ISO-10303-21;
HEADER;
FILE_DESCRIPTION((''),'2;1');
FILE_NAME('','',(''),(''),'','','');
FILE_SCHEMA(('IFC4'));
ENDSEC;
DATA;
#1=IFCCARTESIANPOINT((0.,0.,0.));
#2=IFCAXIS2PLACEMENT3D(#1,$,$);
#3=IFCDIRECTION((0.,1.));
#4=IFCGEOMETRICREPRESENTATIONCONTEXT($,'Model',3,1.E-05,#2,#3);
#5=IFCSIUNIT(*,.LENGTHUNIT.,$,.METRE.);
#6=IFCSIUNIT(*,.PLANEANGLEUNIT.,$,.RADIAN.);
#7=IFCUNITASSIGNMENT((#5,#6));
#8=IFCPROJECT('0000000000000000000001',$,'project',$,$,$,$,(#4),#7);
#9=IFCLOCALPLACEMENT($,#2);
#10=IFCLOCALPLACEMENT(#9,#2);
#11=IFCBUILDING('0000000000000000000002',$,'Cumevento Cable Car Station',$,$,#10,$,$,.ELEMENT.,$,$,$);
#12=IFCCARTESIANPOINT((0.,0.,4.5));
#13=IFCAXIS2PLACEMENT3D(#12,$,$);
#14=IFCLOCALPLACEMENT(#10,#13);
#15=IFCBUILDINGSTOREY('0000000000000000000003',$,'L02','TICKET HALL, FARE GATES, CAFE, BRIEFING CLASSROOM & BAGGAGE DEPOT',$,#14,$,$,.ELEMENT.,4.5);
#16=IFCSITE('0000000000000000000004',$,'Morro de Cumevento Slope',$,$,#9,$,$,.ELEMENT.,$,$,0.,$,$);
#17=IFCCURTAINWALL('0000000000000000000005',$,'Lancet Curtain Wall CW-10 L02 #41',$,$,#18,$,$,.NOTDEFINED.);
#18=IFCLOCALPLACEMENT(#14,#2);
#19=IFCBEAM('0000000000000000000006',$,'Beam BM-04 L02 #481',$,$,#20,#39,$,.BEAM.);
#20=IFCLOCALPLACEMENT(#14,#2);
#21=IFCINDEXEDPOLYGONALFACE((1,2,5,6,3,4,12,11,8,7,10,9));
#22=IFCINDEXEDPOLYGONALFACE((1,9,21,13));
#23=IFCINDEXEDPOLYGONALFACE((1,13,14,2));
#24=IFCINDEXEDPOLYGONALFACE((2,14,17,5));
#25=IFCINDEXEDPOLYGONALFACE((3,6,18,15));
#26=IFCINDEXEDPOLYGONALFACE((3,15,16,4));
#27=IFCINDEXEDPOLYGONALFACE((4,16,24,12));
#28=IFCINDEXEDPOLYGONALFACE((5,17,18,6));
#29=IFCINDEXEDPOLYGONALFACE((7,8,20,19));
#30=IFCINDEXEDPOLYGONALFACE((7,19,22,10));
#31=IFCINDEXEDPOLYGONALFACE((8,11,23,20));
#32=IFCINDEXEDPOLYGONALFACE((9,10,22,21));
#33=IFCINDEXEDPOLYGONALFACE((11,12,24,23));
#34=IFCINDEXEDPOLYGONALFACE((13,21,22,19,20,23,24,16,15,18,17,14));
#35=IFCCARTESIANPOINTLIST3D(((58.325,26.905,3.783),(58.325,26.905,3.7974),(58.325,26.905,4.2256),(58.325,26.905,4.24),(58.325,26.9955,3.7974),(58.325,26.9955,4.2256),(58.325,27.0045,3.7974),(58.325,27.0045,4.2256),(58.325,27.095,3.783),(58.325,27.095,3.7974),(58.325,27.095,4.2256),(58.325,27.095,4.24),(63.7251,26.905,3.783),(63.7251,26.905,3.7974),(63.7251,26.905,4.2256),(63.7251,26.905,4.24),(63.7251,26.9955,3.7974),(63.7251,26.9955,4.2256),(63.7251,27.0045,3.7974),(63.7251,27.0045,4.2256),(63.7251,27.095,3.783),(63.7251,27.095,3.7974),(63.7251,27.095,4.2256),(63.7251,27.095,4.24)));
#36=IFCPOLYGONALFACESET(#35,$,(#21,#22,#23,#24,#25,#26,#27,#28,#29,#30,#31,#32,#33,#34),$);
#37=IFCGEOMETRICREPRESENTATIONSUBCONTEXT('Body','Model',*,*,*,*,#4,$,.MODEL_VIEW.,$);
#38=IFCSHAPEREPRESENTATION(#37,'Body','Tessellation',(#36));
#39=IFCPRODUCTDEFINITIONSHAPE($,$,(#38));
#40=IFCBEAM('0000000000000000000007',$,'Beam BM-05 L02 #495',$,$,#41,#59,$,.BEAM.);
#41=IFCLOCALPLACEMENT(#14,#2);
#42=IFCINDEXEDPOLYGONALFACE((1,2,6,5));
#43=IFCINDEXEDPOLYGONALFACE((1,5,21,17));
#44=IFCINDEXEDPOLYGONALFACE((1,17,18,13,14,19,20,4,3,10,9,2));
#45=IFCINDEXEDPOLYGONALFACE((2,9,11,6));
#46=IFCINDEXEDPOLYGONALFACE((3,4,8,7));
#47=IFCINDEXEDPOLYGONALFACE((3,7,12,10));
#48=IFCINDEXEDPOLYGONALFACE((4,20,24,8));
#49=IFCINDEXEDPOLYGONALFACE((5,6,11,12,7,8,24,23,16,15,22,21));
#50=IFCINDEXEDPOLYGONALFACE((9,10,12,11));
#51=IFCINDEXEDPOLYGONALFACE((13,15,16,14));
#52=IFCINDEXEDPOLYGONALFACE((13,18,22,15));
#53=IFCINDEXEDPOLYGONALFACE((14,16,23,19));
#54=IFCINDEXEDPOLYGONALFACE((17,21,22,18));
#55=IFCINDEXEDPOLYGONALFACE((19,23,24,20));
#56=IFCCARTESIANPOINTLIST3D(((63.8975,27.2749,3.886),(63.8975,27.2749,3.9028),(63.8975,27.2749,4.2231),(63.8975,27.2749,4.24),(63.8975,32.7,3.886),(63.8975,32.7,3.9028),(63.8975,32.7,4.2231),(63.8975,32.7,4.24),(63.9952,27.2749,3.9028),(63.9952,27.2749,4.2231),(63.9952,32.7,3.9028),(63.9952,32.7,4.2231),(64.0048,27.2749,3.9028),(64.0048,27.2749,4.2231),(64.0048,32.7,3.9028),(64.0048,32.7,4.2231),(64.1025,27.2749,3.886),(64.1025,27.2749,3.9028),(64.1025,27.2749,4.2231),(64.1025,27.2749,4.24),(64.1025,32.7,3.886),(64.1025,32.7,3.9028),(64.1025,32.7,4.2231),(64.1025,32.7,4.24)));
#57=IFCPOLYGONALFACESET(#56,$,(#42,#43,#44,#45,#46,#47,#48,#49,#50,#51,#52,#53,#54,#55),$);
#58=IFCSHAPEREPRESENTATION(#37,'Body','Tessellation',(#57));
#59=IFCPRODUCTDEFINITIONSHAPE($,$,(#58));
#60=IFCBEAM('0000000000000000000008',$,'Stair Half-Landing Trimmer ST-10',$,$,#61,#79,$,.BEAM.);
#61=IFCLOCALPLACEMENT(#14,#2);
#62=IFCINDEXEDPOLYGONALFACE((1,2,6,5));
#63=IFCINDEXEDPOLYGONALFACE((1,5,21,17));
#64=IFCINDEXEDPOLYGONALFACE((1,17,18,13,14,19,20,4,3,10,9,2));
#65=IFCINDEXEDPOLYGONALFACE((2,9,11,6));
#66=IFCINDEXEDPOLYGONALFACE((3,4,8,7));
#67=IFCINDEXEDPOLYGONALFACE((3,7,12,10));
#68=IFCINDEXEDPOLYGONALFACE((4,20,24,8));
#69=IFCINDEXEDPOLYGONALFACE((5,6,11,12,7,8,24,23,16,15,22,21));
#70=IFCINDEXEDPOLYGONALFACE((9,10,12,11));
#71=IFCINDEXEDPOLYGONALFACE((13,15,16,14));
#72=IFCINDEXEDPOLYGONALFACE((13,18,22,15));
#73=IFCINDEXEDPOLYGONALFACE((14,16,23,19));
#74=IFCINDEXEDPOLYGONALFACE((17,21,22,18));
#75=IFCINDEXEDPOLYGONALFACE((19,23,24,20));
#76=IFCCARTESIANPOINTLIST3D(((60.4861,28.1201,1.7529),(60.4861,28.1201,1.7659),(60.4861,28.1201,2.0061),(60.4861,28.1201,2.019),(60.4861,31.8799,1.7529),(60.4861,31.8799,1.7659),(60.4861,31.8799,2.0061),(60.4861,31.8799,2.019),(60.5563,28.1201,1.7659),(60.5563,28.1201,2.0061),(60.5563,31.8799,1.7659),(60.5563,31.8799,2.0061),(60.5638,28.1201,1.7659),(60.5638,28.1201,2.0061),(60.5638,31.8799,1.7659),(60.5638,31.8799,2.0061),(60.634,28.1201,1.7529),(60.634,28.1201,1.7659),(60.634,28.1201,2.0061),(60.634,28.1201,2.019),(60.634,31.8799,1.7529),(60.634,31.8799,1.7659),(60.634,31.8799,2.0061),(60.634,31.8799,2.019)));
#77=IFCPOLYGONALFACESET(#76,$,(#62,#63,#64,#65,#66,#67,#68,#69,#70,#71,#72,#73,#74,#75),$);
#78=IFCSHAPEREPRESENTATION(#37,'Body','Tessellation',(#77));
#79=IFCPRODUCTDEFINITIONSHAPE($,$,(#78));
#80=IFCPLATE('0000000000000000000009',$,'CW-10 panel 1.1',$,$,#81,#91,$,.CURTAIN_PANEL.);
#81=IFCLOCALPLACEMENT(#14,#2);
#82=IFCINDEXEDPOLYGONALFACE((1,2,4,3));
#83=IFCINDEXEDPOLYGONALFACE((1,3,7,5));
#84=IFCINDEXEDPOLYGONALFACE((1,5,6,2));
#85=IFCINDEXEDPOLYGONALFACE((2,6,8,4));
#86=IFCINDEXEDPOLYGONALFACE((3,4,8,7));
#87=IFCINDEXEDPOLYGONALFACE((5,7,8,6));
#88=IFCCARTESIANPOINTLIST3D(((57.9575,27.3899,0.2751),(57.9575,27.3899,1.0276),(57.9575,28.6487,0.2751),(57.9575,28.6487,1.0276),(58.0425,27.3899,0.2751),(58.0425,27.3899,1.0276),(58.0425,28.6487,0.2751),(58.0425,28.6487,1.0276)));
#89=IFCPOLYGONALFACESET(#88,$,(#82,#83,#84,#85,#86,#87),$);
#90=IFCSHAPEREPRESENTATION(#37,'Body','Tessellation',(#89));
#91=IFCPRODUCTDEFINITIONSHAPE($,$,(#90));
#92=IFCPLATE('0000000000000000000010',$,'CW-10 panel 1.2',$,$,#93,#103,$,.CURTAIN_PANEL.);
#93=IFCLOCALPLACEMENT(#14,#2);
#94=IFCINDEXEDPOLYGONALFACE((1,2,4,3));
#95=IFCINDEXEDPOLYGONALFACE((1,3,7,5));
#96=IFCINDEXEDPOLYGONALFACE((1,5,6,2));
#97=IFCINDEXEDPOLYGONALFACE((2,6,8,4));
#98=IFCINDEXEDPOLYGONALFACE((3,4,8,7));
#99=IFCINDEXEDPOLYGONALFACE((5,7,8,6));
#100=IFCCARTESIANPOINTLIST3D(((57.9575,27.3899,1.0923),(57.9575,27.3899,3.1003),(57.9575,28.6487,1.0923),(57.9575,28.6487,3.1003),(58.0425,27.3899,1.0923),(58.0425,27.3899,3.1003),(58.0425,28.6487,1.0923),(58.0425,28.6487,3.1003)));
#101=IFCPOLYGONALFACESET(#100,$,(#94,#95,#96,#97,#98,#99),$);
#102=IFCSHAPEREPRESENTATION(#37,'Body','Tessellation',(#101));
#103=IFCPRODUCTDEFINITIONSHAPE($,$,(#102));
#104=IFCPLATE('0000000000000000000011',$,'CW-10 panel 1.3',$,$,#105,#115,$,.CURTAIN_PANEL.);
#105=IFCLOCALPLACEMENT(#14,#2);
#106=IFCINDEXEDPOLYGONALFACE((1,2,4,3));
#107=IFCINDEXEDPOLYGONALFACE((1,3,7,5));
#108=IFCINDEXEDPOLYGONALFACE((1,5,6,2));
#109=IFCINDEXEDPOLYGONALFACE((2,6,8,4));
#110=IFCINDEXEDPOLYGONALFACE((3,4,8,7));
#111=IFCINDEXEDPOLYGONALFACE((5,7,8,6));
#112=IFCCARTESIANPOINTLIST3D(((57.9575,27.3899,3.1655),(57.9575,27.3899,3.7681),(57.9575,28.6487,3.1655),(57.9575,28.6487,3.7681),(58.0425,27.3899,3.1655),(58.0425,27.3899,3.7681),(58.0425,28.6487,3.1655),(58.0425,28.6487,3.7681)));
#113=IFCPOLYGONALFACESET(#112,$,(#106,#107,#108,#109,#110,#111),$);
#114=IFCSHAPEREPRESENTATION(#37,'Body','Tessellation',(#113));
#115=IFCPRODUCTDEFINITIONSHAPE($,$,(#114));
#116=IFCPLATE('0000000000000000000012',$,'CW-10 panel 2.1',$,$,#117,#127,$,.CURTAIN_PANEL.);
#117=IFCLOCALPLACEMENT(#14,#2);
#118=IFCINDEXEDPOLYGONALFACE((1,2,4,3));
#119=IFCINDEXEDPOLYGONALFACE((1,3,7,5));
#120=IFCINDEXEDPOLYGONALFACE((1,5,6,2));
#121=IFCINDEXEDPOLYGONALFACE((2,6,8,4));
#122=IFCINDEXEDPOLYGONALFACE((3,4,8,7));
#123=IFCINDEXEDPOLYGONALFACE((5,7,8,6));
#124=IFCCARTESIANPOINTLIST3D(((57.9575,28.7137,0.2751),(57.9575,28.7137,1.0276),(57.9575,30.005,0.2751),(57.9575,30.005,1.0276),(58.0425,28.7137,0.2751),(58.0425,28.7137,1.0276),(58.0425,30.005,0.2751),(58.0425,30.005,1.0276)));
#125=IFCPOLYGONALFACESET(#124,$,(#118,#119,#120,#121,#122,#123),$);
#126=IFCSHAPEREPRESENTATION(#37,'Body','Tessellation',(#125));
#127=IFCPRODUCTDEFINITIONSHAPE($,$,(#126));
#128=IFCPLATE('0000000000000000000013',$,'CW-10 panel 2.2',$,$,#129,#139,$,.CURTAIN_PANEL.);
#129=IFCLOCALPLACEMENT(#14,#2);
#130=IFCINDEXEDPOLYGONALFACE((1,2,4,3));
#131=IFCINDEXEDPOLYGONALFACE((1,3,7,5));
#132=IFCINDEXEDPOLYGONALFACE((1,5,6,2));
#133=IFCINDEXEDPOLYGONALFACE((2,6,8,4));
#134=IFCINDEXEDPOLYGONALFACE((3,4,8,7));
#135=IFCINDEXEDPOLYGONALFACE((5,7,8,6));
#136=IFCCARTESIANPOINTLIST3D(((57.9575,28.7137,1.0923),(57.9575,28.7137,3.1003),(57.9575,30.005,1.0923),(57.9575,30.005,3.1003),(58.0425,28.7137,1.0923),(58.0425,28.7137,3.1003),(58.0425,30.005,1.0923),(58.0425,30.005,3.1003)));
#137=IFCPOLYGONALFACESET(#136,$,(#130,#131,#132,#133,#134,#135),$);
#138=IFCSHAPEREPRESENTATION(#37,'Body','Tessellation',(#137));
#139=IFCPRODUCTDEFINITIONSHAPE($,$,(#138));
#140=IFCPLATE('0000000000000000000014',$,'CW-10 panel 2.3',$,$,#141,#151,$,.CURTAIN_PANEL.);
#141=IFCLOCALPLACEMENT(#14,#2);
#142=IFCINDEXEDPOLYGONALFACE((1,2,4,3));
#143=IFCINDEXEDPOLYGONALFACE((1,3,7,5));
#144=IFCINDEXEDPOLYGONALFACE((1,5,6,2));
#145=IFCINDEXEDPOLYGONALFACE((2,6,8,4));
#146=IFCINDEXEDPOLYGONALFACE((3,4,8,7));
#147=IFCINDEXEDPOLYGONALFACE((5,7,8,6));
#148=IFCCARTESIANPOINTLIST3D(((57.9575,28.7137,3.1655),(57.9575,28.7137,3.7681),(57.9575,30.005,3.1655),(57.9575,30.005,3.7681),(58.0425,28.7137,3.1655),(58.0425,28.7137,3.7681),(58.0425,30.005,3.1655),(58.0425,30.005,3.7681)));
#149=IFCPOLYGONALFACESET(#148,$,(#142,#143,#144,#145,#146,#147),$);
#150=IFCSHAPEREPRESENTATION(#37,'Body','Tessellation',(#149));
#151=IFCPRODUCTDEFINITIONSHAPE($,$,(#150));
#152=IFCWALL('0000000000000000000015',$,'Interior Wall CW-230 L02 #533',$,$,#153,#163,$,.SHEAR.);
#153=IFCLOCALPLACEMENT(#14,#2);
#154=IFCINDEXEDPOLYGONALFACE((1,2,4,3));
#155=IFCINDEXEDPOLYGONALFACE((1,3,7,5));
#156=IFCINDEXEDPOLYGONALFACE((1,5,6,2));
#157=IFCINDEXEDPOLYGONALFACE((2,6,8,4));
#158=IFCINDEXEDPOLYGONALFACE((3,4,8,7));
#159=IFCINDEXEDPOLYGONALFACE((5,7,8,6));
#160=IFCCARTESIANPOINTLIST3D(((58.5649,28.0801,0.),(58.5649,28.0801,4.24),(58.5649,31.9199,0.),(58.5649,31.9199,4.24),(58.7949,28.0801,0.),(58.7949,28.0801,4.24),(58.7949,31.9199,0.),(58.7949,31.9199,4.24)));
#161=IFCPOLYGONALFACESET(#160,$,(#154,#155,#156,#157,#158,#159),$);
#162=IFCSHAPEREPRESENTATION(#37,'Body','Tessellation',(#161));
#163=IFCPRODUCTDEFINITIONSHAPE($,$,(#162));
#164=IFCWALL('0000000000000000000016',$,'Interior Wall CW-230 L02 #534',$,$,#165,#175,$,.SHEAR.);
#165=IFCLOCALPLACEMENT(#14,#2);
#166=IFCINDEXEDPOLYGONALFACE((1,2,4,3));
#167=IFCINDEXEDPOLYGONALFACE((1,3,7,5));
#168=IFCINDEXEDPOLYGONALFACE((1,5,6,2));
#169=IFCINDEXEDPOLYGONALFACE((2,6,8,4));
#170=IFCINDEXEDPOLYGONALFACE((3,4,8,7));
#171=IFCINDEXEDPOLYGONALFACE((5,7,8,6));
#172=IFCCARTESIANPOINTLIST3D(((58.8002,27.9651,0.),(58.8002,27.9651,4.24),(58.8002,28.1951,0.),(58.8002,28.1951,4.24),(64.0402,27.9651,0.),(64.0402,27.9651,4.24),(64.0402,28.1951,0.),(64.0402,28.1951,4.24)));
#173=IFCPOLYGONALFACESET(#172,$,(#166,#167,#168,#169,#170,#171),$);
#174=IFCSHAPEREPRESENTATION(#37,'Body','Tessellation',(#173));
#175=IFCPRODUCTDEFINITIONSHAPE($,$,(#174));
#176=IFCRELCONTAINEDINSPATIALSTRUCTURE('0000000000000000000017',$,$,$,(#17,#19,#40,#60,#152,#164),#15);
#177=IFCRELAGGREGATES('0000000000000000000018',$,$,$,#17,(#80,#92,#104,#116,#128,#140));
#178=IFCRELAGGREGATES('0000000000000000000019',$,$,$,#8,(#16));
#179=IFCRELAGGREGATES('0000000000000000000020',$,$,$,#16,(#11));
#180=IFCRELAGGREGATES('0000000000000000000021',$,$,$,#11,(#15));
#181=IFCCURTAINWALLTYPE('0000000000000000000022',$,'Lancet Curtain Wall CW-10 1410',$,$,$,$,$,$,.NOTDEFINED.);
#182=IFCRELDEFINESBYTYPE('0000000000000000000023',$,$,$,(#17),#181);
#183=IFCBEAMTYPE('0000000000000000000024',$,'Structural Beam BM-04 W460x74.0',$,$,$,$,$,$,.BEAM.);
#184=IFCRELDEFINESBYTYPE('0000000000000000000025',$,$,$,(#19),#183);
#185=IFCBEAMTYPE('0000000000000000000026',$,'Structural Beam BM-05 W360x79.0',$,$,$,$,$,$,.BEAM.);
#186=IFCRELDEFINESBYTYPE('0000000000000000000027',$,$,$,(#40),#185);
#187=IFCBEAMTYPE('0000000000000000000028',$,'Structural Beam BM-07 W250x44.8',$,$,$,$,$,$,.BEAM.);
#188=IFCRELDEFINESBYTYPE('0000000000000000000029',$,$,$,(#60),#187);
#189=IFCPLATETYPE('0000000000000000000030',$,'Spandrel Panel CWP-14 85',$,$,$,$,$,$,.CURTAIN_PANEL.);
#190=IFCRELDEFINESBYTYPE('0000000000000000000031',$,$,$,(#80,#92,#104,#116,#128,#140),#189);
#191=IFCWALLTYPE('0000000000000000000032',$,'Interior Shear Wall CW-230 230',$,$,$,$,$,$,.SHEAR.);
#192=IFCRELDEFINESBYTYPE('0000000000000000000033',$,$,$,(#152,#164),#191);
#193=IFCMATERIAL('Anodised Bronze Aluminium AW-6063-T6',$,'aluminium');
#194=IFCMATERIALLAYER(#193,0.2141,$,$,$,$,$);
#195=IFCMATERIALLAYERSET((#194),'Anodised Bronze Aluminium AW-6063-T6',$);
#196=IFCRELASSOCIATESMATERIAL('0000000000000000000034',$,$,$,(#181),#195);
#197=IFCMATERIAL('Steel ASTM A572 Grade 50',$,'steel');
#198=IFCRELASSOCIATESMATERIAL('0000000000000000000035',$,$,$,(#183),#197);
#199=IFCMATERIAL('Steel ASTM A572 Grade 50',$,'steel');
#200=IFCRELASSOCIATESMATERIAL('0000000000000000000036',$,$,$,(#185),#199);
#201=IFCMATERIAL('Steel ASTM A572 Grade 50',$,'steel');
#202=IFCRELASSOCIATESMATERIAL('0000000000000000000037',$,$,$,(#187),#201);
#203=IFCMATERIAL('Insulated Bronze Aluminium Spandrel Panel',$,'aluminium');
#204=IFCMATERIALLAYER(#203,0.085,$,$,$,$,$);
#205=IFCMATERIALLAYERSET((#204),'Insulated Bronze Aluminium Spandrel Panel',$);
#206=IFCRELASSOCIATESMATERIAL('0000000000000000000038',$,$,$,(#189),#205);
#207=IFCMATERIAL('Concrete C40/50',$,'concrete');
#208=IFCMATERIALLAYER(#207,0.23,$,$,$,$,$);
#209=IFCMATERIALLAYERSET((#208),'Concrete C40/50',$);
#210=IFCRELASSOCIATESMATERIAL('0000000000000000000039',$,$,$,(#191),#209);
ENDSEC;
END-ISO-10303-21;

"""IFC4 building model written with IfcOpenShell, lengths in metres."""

from ifc_helpers import new_model, si_unit, direction, frame, frame_2d, origin, origin_2d, place, context, subcontext, project, spatial, rectangle, i_section, extrude, material, layer, layer_set, material_profile, profile_set, type_object, element, aggregate, save


model = new_model("IFC4")

# Units and contexts
model_context = context("Model", 3, precision=1e-05, world=origin(), true_north=direction((0.0, 1.0)))
body_context = subcontext(model_context, "Body", "Model", "MODEL_VIEW")
ifc_project = project(units=[si_unit("LENGTHUNIT", "METRE"), si_unit("PLANEANGLEUNIT", "RADIAN")], contexts=[model_context])

# Site, building, storey
site_placement = place(None, origin())
site = spatial("IfcSite", under=ifc_project, at=site_placement, Name="Morro de Cumevento Slope", CompositionType="ELEMENT", RefElevation=0.0)
building_placement = place(site_placement, origin())
building = spatial("IfcBuilding", under=site, at=building_placement, Name="Cumevento Cable Car Station", CompositionType="ELEMENT")
storey_placement = place(building_placement, frame((0.0, 0.0, 4.5)))
storey = spatial("IfcBuildingStorey", under=building, at=storey_placement, Name="L02", Description="TICKET HALL, FARE GATES, CAFE, BRIEFING CLASSROOM & BAGGAGE DEPOT", CompositionType="ELEMENT", Elevation=4.5)

# Curtain wall
ifc_material_1 = material(Name="Anodised Bronze Aluminium AW-6063-T6", Category="aluminium")
ifc_layer_1 = layer(ifc_material_1, 0.2141)
ifc_layer_set_1 = layer_set([ifc_layer_1], Name="Anodised Bronze Aluminium AW-6063-T6")
curtain_wall_type = type_object("IfcCurtainWallType", Name="Lancet Curtain Wall CW-10 1410", PredefinedType="NOTDEFINED", material=ifc_layer_set_1)
curtain_wall_placement = place(storey_placement, origin())
curtain_wall = element("IfcCurtainWall", 1, at=curtain_wall_placement, inside=storey, type_object=curtain_wall_type, Name="Lancet Curtain Wall CW-10 L02 #41", PredefinedType="NOTDEFINED")

# Beams
ifc_material_2 = material(Name="Steel ASTM A572 Grade 50", Category="steel")
ifc_material_profile_1 = material_profile(ifc_material_2, i_section(OverallWidth=0.1899, OverallDepth=0.457, WebThickness=0.009, FlangeThickness=0.0144, at=origin_2d()), Name="W460x74.0")
ifc_profile_set_1 = profile_set([ifc_material_profile_1], Name="Steel ASTM A572 Grade 50")
beam_type_1 = type_object("IfcBeamType", Name="Structural Beam BM-04 W460x74.0", PredefinedType="BEAM", material=ifc_profile_set_1)
beam_1_placement = place(storey_placement, frame((58.325, 27.0, 4.0115), z_axis=(1.0, 0.0, 0.0), x_axis=(0.0, 1.0, 0.0)))
element("IfcBeam", 2, at=beam_1_placement, inside=storey, type_object=beam_type_1, Name="Beam BM-04 L02 #481", PredefinedType="BEAM", context=body_context, shape_type="SweptSolid", body=[
    extrude(i_section(OverallWidth=0.1899, OverallDepth=0.457, WebThickness=0.009, FlangeThickness=0.0144, at=origin_2d()), origin(), (0.0, 0.0, 1.0), 5.4001),
])
ifc_material_3 = material(Name="Steel ASTM A572 Grade 50", Category="steel")
ifc_material_profile_2 = material_profile(ifc_material_3, i_section(OverallWidth=0.2051, OverallDepth=0.354, WebThickness=0.0095, FlangeThickness=0.0168, at=origin_2d()), Name="W360x79.0")
ifc_profile_set_2 = profile_set([ifc_material_profile_2], Name="Steel ASTM A572 Grade 50")
beam_type_2 = type_object("IfcBeamType", Name="Structural Beam BM-05 W360x79.0", PredefinedType="BEAM", material=ifc_profile_set_2)
beam_2_placement = place(storey_placement, frame((64.0, 27.2749, 4.063), z_axis=(0.0, 1.0, 0.0), x_axis=(-1.0, 0.0, 0.0)))
element("IfcBeam", 3, at=beam_2_placement, inside=storey, type_object=beam_type_2, Name="Beam BM-05 L02 #495", PredefinedType="BEAM", context=body_context, shape_type="SweptSolid", body=[
    extrude(i_section(OverallWidth=0.2051, OverallDepth=0.354, WebThickness=0.0095, FlangeThickness=0.0168, at=origin_2d()), origin(), (0.0, 0.0, 1.0), 5.425),
])
ifc_material_4 = material(Name="Steel ASTM A572 Grade 50", Category="steel")
ifc_material_profile_3 = material_profile(ifc_material_4, i_section(OverallWidth=0.1479, OverallDepth=0.2661, WebThickness=0.0076, FlangeThickness=0.0129, at=origin_2d()), Name="W250x44.8")
ifc_profile_set_3 = profile_set([ifc_material_profile_3], Name="Steel ASTM A572 Grade 50")
beam_type_3 = type_object("IfcBeamType", Name="Structural Beam BM-07 W250x44.8", PredefinedType="BEAM", material=ifc_profile_set_3)
beam_3_placement = place(storey_placement, frame((60.5601, 28.1201, 1.886), z_axis=(0.0, 1.0, 0.0), x_axis=(-1.0, 0.0, 0.0)))
element("IfcBeam", 4, at=beam_3_placement, inside=storey, type_object=beam_type_3, Name="Stair Half-Landing Trimmer ST-10", PredefinedType="BEAM", context=body_context, shape_type="SweptSolid", body=[
    extrude(i_section(OverallWidth=0.1479, OverallDepth=0.2661, WebThickness=0.0076, FlangeThickness=0.0129, at=origin_2d()), origin(), (0.0, 0.0, 1.0), 3.7598),
])

# Plates
ifc_material_5 = material(Name="Insulated Bronze Aluminium Spandrel Panel", Category="aluminium")
ifc_layer_2 = layer(ifc_material_5, 0.085)
ifc_layer_set_2 = layer_set([ifc_layer_2], Name="Insulated Bronze Aluminium Spandrel Panel")
plate_type = type_object("IfcPlateType", Name="Spandrel Panel CWP-14 85", PredefinedType="CURTAIN_PANEL", material=ifc_layer_set_2)
plate_1_placement = place(storey_placement, frame((58.0, 28.0193, 0.2751), z_axis=(0.0, 0.0, 1.0), x_axis=(0.0, 1.0, 0.0)))
plate_1 = element("IfcPlate", 5, at=plate_1_placement, type_object=plate_type, Name="CW-10 panel 1.1", PredefinedType="CURTAIN_PANEL", context=body_context, shape_type="SweptSolid", body=[
    extrude(rectangle(XDim=1.2588, YDim=0.085, at=origin_2d()), origin(), (0.0, 0.0, 1.0), 0.7524),
])
plate_2_placement = place(storey_placement, frame((58.0, 28.0193, 1.0923), z_axis=(0.0, 0.0, 1.0), x_axis=(0.0, 1.0, 0.0)))
plate_2 = element("IfcPlate", 6, at=plate_2_placement, type_object=plate_type, Name="CW-10 panel 1.2", PredefinedType="CURTAIN_PANEL", context=body_context, shape_type="SweptSolid", body=[
    extrude(rectangle(XDim=1.2588, YDim=0.085, at=origin_2d()), origin(), (0.0, 0.0, 1.0), 2.0081),
])
plate_3_placement = place(storey_placement, frame((58.0, 28.0193, 3.1655), z_axis=(0.0, 0.0, 1.0), x_axis=(0.0, 1.0, 0.0)))
plate_3 = element("IfcPlate", 7, at=plate_3_placement, type_object=plate_type, Name="CW-10 panel 1.3", PredefinedType="CURTAIN_PANEL", context=body_context, shape_type="SweptSolid", body=[
    extrude(rectangle(XDim=1.2588, YDim=0.085, at=origin_2d()), origin(), (0.0, 0.0, 1.0), 0.6025),
])
plate_4_placement = place(storey_placement, frame((58.0, 29.3594, 0.2751), z_axis=(0.0, 0.0, 1.0), x_axis=(0.0, 1.0, 0.0)))
plate_4 = element("IfcPlate", 8, at=plate_4_placement, type_object=plate_type, Name="CW-10 panel 2.1", PredefinedType="CURTAIN_PANEL", context=body_context, shape_type="SweptSolid", body=[
    extrude(rectangle(XDim=1.2913, YDim=0.085, at=origin_2d()), origin(), (0.0, 0.0, 1.0), 0.7524),
])
plate_5_placement = place(storey_placement, frame((58.0, 29.3594, 1.0923), z_axis=(0.0, 0.0, 1.0), x_axis=(0.0, 1.0, 0.0)))
plate_5 = element("IfcPlate", 9, at=plate_5_placement, type_object=plate_type, Name="CW-10 panel 2.2", PredefinedType="CURTAIN_PANEL", context=body_context, shape_type="SweptSolid", body=[
    extrude(rectangle(XDim=1.2913, YDim=0.085, at=origin_2d()), origin(), (0.0, 0.0, 1.0), 2.0081),
])
plate_6_placement = place(storey_placement, frame((58.0, 29.3594, 3.1655), z_axis=(0.0, 0.0, 1.0), x_axis=(0.0, 1.0, 0.0)))
plate_6 = element("IfcPlate", 10, at=plate_6_placement, type_object=plate_type, Name="CW-10 panel 2.3", PredefinedType="CURTAIN_PANEL", context=body_context, shape_type="SweptSolid", body=[
    extrude(rectangle(XDim=1.2913, YDim=0.085, at=origin_2d()), origin(), (0.0, 0.0, 1.0), 0.6025),
])
aggregate(curtain_wall, [plate_1, plate_2, plate_3, plate_4, plate_5, plate_6])

# Walls
ifc_material_6 = material(Name="Concrete C40/50", Category="concrete")
ifc_layer_3 = layer(ifc_material_6, 0.23)
ifc_layer_set_3 = layer_set([ifc_layer_3], Name="Concrete C40/50")
wall_type = type_object("IfcWallType", Name="Interior Shear Wall CW-230 230", PredefinedType="SHEAR", material=ifc_layer_set_3)
wall_1_placement = place(storey_placement, frame((58.6799, 28.0801, 0.0), z_axis=(0.0, 0.0, 1.0), x_axis=(0.0, 1.0, 0.0)))
element("IfcWall", 11, at=wall_1_placement, inside=storey, type_object=wall_type, Name="Interior Wall CW-230 L02 #533", PredefinedType="SHEAR", context=body_context, shape_type="SweptSolid", body=[
    extrude(rectangle(XDim=3.8398, YDim=0.23, at=frame_2d((1.9199, 0.0))), origin(), (0.0, 0.0, 1.0), 4.24),
])
wall_2_placement = place(storey_placement, frame((58.8, 28.0801, 0.0), z_axis=(0.0, 0.0, 1.0), x_axis=(1.0, 0.0, 0.0)))
element("IfcWall", 12, at=wall_2_placement, inside=storey, type_object=wall_type, Name="Interior Wall CW-230 L02 #534", PredefinedType="SHEAR", context=body_context, shape_type="SweptSolid", body=[
    extrude(rectangle(XDim=5.24, YDim=0.23, at=frame_2d((2.6201, 0.0))), origin(), (0.0, 0.0, 1.0), 4.24),
])

save(model, "model.ifc")
